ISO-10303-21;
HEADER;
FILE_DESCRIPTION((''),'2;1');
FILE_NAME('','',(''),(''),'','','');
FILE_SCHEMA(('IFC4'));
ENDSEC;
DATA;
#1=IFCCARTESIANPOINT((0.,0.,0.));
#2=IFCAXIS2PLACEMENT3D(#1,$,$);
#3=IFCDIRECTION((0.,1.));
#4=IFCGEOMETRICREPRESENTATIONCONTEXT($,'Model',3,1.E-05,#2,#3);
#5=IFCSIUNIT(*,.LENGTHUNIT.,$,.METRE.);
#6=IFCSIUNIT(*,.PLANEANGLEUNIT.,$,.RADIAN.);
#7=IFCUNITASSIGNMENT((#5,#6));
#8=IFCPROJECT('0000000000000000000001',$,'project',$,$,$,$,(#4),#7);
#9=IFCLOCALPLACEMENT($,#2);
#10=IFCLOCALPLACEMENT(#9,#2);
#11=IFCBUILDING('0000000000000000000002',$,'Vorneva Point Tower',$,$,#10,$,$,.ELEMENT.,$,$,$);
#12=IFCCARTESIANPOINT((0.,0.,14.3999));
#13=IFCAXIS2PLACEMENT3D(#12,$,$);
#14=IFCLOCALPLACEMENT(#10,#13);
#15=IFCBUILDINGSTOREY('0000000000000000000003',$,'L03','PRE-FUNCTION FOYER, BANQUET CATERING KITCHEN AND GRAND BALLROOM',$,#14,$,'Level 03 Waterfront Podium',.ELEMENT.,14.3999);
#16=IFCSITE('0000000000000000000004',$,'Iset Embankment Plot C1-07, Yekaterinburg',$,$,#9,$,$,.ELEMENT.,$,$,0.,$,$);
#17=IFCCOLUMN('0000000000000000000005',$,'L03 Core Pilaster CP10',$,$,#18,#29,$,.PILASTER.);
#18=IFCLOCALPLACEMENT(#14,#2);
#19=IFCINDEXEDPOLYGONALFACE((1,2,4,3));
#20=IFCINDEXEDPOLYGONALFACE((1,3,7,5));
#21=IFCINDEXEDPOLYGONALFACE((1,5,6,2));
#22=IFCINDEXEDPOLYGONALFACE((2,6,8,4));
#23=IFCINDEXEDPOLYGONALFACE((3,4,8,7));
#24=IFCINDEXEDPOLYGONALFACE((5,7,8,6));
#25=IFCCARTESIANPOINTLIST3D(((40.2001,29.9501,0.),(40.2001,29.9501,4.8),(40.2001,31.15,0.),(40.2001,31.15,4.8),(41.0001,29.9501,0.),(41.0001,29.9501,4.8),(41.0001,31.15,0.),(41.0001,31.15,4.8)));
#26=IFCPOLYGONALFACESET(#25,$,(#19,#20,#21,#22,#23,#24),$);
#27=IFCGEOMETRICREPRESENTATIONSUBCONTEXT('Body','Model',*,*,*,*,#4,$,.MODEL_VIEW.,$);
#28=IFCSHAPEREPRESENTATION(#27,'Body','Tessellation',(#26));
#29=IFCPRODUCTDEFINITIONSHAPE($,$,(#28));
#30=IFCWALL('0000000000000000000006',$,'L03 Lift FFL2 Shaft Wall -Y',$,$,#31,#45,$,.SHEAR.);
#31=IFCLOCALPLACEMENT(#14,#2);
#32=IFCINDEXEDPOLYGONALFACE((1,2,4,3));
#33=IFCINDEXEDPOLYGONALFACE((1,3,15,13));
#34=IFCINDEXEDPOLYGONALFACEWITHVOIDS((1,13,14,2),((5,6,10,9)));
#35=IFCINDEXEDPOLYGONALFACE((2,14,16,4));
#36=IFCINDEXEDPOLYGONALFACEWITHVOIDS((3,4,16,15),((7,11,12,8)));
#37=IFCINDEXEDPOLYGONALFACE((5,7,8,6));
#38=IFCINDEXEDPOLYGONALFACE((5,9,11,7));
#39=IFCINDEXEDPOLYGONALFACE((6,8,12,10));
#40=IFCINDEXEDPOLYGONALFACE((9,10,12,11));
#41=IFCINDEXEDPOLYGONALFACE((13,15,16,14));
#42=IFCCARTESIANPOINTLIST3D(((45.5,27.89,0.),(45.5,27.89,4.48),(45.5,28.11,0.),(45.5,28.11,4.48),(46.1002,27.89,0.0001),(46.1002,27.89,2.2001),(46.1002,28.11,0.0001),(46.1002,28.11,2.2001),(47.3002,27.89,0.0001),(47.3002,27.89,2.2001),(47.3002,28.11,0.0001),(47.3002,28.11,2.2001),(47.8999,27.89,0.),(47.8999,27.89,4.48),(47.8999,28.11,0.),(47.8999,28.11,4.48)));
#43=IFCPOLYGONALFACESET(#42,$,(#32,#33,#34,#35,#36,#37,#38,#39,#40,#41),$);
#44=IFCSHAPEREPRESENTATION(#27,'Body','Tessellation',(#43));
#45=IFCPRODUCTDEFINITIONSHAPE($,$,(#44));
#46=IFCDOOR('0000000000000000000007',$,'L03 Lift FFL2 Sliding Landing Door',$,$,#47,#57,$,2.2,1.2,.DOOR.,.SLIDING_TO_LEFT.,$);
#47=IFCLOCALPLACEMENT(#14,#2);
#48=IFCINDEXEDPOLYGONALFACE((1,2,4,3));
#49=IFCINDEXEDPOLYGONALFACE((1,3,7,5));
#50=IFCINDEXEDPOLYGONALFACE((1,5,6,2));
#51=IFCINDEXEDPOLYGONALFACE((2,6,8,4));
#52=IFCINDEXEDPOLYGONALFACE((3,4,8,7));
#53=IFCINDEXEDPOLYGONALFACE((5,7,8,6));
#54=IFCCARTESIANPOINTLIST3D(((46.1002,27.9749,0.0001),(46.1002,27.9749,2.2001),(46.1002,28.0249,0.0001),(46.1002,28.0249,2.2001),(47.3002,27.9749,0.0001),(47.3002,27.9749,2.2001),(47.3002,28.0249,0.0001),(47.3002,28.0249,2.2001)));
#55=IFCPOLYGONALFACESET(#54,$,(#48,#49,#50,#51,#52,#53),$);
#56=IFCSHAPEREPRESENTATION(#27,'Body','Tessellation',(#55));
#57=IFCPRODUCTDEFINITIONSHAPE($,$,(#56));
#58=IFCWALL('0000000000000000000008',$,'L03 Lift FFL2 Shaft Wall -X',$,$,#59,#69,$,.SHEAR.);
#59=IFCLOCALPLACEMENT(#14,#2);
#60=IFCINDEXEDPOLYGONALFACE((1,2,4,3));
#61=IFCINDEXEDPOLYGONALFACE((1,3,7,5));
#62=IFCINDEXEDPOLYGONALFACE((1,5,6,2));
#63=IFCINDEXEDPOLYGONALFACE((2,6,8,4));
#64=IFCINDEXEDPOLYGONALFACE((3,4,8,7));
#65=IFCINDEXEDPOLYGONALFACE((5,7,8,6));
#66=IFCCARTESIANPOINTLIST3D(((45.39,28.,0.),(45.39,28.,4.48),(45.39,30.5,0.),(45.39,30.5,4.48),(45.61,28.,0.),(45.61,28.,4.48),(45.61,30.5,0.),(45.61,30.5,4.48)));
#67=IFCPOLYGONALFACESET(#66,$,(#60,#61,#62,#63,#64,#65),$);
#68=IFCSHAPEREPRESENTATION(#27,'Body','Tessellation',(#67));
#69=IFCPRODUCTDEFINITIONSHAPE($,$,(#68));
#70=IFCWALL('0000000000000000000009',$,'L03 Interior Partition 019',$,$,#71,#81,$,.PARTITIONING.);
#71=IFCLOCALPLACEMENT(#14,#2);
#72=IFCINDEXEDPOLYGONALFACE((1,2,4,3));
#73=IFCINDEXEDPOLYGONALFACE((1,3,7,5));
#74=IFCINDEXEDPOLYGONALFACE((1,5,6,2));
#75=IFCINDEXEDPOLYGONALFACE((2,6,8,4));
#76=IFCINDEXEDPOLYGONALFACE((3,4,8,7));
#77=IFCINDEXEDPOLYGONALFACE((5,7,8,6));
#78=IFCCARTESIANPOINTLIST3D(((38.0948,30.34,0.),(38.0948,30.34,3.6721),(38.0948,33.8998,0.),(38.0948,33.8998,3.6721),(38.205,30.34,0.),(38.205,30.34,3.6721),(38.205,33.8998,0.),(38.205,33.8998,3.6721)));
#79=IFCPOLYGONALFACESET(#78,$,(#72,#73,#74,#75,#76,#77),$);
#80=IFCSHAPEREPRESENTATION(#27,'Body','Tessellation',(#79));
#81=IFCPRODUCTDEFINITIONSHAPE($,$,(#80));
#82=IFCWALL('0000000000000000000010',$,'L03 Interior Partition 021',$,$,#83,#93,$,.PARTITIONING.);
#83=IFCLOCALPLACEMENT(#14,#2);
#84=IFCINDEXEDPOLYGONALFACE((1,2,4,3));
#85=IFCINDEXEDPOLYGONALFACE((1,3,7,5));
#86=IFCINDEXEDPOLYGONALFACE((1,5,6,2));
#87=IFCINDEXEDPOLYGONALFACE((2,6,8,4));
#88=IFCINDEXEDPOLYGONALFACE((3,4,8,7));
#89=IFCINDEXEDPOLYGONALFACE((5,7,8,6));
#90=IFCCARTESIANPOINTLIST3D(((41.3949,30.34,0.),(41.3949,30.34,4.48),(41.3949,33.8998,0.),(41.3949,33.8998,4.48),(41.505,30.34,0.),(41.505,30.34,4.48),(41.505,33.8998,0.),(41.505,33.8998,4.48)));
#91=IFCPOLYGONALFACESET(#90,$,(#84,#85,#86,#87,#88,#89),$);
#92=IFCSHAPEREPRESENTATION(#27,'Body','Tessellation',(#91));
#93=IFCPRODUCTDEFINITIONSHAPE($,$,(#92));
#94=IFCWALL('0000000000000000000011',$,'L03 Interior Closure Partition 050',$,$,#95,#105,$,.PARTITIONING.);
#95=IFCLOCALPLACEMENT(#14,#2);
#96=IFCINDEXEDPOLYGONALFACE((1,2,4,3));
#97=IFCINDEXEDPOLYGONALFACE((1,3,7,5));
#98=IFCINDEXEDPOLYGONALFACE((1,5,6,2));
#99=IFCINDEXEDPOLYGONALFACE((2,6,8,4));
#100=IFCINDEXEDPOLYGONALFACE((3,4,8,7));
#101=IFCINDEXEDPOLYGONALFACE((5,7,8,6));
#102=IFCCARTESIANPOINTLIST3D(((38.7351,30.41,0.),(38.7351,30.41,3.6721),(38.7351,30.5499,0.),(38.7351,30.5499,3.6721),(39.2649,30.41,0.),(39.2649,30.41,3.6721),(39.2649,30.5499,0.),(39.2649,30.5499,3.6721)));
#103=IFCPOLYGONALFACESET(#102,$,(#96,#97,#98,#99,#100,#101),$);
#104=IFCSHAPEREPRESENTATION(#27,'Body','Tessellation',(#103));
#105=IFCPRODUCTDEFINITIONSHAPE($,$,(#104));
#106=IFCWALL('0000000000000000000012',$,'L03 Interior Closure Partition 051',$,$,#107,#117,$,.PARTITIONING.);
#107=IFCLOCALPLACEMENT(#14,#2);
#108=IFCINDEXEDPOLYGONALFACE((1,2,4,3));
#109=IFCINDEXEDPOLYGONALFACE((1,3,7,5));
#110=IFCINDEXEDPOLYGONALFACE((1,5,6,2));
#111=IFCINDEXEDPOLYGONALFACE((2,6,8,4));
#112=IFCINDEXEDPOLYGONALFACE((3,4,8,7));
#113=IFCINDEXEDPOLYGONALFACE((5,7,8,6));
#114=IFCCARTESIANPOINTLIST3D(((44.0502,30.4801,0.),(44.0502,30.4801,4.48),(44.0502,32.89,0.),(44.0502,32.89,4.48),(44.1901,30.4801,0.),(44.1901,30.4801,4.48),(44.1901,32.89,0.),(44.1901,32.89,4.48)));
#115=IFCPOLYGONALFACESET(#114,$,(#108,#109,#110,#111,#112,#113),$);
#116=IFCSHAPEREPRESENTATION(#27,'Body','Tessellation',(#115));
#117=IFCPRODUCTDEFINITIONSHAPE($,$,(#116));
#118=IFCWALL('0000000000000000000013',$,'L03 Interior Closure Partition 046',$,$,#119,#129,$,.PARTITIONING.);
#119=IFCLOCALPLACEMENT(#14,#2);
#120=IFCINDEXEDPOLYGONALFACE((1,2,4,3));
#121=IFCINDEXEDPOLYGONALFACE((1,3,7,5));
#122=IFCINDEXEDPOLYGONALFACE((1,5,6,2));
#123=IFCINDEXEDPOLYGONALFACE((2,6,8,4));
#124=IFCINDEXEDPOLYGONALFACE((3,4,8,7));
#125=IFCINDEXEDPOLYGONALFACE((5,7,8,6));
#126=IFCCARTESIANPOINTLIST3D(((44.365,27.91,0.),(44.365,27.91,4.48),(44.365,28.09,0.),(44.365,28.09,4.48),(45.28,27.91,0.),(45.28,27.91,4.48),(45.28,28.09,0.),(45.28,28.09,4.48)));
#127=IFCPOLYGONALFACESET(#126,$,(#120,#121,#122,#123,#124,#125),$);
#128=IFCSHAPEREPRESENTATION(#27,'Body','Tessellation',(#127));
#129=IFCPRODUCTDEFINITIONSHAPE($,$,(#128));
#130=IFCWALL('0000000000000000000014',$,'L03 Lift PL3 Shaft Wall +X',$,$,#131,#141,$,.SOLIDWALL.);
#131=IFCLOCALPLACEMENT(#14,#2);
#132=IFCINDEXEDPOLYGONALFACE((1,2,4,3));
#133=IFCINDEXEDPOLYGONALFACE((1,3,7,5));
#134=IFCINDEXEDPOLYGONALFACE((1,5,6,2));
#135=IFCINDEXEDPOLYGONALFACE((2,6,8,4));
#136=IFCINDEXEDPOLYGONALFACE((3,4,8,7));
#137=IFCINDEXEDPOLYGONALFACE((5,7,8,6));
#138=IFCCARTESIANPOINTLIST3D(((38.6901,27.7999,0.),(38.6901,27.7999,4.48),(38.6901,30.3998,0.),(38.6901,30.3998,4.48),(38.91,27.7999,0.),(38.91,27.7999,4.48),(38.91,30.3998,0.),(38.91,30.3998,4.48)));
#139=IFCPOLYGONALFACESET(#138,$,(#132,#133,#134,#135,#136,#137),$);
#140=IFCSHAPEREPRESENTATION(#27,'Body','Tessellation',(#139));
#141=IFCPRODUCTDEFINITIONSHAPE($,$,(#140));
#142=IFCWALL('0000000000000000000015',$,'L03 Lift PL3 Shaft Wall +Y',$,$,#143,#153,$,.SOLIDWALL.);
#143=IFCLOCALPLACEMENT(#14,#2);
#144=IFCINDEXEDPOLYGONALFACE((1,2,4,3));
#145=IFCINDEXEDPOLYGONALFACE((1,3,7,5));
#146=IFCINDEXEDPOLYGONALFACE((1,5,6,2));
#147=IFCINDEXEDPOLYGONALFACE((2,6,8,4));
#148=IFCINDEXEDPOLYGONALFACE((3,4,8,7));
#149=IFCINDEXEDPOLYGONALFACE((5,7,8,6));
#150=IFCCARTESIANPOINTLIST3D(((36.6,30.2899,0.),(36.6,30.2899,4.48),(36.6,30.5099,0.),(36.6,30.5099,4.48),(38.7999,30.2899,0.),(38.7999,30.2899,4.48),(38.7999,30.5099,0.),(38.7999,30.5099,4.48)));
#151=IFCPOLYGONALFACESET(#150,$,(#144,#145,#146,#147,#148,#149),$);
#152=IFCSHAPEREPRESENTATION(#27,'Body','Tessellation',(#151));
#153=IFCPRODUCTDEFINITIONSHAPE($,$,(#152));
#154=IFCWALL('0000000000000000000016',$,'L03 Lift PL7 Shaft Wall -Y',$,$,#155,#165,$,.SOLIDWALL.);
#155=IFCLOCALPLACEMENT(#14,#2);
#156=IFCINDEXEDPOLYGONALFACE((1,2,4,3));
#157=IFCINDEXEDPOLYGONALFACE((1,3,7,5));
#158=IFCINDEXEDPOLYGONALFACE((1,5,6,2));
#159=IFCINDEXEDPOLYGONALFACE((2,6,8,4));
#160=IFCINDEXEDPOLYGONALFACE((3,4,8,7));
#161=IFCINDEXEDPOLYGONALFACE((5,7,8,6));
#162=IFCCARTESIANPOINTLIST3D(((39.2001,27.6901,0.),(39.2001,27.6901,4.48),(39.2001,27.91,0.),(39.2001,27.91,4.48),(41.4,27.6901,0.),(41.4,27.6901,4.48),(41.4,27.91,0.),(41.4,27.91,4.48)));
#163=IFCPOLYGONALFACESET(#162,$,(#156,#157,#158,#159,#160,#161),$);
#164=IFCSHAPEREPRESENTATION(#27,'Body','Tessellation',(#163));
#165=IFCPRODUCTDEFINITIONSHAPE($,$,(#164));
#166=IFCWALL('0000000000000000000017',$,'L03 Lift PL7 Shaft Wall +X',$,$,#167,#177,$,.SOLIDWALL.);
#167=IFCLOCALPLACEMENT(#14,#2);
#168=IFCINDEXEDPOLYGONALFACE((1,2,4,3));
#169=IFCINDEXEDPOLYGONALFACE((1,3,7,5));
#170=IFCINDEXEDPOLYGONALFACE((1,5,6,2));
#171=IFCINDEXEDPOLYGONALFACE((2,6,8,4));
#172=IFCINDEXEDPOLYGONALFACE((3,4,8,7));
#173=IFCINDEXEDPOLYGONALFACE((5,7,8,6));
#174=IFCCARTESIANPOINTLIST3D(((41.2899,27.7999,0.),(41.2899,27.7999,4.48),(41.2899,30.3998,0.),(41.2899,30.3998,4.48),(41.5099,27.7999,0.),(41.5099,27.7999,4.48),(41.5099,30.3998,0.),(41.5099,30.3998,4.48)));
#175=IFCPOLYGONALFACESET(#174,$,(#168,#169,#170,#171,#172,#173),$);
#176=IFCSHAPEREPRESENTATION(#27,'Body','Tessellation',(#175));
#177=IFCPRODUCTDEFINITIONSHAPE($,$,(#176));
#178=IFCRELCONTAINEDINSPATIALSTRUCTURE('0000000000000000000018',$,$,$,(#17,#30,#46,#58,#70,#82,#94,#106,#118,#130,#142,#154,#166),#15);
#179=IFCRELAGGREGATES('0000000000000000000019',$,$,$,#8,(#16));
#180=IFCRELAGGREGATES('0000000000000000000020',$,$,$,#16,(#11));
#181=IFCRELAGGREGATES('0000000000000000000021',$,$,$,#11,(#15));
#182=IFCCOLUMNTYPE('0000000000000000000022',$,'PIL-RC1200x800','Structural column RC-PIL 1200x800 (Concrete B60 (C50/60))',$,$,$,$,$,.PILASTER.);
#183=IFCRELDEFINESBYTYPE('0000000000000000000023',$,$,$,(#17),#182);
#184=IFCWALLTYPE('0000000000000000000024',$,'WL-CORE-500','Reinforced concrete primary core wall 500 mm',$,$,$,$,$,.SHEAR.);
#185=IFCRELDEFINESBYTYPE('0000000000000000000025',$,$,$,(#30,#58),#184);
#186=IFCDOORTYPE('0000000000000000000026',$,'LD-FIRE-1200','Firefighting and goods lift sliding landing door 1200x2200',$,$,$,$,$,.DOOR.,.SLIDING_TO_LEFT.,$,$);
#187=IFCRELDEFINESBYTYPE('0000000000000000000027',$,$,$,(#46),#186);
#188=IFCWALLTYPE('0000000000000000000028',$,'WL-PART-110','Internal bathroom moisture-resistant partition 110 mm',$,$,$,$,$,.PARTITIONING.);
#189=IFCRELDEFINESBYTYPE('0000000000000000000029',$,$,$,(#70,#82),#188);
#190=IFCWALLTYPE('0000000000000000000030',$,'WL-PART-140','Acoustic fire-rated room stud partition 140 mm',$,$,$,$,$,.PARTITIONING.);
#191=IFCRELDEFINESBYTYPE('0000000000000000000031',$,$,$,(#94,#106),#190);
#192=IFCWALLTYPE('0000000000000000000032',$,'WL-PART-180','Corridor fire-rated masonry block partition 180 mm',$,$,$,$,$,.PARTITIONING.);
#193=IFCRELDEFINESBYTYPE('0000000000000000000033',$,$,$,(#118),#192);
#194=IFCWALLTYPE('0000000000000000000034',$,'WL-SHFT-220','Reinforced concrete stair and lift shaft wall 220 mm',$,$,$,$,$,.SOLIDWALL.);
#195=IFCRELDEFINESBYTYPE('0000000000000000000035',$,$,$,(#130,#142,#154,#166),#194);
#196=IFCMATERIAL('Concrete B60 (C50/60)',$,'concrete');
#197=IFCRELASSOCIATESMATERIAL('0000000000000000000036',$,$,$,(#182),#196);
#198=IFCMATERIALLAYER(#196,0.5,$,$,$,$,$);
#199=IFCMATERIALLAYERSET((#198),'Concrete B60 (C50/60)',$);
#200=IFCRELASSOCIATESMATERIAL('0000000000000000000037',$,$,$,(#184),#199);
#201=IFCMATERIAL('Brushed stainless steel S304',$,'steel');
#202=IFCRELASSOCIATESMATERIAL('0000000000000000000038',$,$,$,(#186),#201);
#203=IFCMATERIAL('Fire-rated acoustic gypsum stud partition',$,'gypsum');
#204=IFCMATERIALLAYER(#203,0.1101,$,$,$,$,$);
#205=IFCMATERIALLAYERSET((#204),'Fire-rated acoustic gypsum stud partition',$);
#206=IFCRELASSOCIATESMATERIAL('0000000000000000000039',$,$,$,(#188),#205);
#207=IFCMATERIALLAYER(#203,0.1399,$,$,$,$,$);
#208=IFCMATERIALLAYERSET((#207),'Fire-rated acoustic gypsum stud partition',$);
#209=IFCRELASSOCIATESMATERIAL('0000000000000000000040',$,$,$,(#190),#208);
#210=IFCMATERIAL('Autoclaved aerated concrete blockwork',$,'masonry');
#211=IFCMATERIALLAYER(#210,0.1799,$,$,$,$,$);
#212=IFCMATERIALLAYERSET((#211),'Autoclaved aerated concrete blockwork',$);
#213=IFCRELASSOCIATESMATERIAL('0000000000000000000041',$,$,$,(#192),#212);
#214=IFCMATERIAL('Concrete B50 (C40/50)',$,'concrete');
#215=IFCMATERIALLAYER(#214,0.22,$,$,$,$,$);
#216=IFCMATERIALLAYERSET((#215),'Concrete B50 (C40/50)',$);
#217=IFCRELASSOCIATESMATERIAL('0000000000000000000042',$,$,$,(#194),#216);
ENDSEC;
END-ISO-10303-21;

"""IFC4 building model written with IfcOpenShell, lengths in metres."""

from ifc_helpers import new_model, si_unit, direction, frame, frame_2d, origin, origin_2d, place, context, subcontext, project, spatial, rectangle, extrude, material, layer, layer_set, material_profile, profile_set, type_object, element, fill, save


model = new_model("IFC4")

# Units and contexts
model_context = context("Model", 3, precision=1e-05, world=origin(), true_north=direction((0.0, 1.0)))
body_context = subcontext(model_context, "Body", "Model", "MODEL_VIEW")
ifc_project = project(units=[si_unit("LENGTHUNIT", "METRE"), si_unit("PLANEANGLEUNIT", "RADIAN")], contexts=[model_context])

# Site, building, storey
site_placement = place(None, origin())
site = spatial("IfcSite", under=ifc_project, at=site_placement, Name="Iset Embankment Plot C1-07, Yekaterinburg", CompositionType="ELEMENT", RefElevation=0.0)
building_placement = place(site_placement, origin())
building = spatial("IfcBuilding", under=site, at=building_placement, Name="Vorneva Point Tower", CompositionType="ELEMENT")
storey_placement = place(building_placement, frame((0.0, 0.0, 14.3999)))
storey = spatial("IfcBuildingStorey", under=building, at=storey_placement, Name="L03", Description="PRE-FUNCTION FOYER, BANQUET CATERING KITCHEN AND GRAND BALLROOM", LongName="Level 03 Waterfront Podium", CompositionType="ELEMENT", Elevation=14.3999)

# Column
ifc_material_1 = material(Name="Concrete B60 (C50/60)", Category="concrete")
ifc_material_profile = material_profile(ifc_material_1, rectangle(XDim=0.8, YDim=1.2, at=origin_2d()), Name="RC-PIL 1200x800")
ifc_profile_set = profile_set([ifc_material_profile], Name="Concrete B60 (C50/60)")
column_type = type_object("IfcColumnType", Name="PIL-RC1200x800", Description="Structural column RC-PIL 1200x800 (Concrete B60 (C50/60))", PredefinedType="PILASTER", material=ifc_profile_set)
column_placement = place(storey_placement, frame((40.6001, 30.55, 0.0), z_axis=(0.0, 0.0, 1.0), x_axis=(1.0, 0.0, 0.0)))
element("IfcColumn", 1, at=column_placement, inside=storey, type_object=column_type, Name="L03 Core Pilaster CP10", PredefinedType="PILASTER", context=body_context, shape_type="SweptSolid", body=[
    extrude(rectangle(XDim=0.8, YDim=1.2, at=origin_2d()), origin(), (0.0, 0.0, 1.0), 4.8),
])

# Wall, opening, door
ifc_layer_1 = layer(ifc_material_1, 0.5)
ifc_layer_set_1 = layer_set([ifc_layer_1], Name="Concrete B60 (C50/60)")
wall_type_1 = type_object("IfcWallType", Name="WL-CORE-500", Description="Reinforced concrete primary core wall 500 mm", PredefinedType="SHEAR", material=ifc_layer_set_1)
wall_1_placement = place(storey_placement, frame((45.5, 28.0, 0.0), z_axis=(0.0, 0.0, 1.0), x_axis=(1.0, 0.0, 0.0)))
wall_1 = element("IfcWall", 2, at=wall_1_placement, inside=storey, type_object=wall_type_1, Name="L03 Lift FFL2 Shaft Wall -Y", PredefinedType="SHEAR", context=body_context, shape_type="SweptSolid", body=[
    extrude(rectangle(XDim=2.3999, YDim=0.22, at=frame_2d((1.2, 0.0))), origin(), (0.0, 0.0, 1.0), 4.48),
])
opening_1_placement = place(wall_1_placement, frame((0.6001, 0.0, 0.0)))
opening_1 = element("IfcOpeningElement", 3, at=opening_1_placement, cuts=wall_1, PredefinedType="OPENING", context=body_context, shape_type="SweptSolid", body=[
    extrude(rectangle(XDim=1.2, YDim=2.2, at=frame_2d((0.6001, 1.1001))), frame((0.0, 0.125, 0.0), z_axis=(0.0, -1.0, 0.0), x_axis=(1.0, 0.0, 0.0)), (0.0, 0.0, 1.0), 0.2498),
])
ifc_material_2 = material(Name="Brushed stainless steel S304", Category="steel")
door_type_1 = type_object("IfcDoorType", Name="LD-FIRE-1200", Description="Firefighting and goods lift sliding landing door 1200x2200", OperationType="SLIDING_TO_LEFT", PredefinedType="DOOR", material=ifc_material_2)
door_1_placement = place(opening_1_placement, origin())
door_1 = element("IfcDoor", 4, at=door_1_placement, inside=storey, type_object=door_type_1, Name="L03 Lift FFL2 Sliding Landing Door", OperationType="SLIDING_TO_LEFT", OverallHeight=2.2, OverallWidth=1.2, PredefinedType="DOOR", context=body_context, shape_type="SweptSolid", body=[
    extrude(rectangle(XDim=1.2, YDim=2.2, at=frame_2d((0.6001, 1.1001))), frame((0.0, 0.0249, 0.0), z_axis=(0.0, -1.0, 0.0), x_axis=(1.0, 0.0, 0.0)), (0.0, 0.0, 1.0), 0.05),
])
fill(opening_1, door_1)

# Walls
wall_2_placement = place(storey_placement, frame((45.5, 30.5, 0.0), z_axis=(0.0, 0.0, 1.0), x_axis=(0.0, -1.0, 0.0)))
element("IfcWall", 5, at=wall_2_placement, inside=storey, type_object=wall_type_1, Name="L03 Lift FFL2 Shaft Wall -X", PredefinedType="SHEAR", context=body_context, shape_type="SweptSolid", body=[
    extrude(rectangle(XDim=2.5, YDim=0.22, at=frame_2d((1.25, 0.0))), origin(), (0.0, 0.0, 1.0), 4.48),
])
ifc_material_3 = material(Name="Fire-rated acoustic gypsum stud partition", Category="gypsum")
ifc_layer_2 = layer(ifc_material_3, 0.1101)
ifc_layer_set_2 = layer_set([ifc_layer_2], Name="Fire-rated acoustic gypsum stud partition")
wall_type_2 = type_object("IfcWallType", Name="WL-PART-110", Description="Internal bathroom moisture-resistant partition 110 mm", PredefinedType="PARTITIONING", material=ifc_layer_set_2)
wall_3_placement = place(storey_placement, frame((38.1499, 30.3401, 0.0), z_axis=(0.0, 0.0, 1.0), x_axis=(0.0, 1.0, 0.0)))
element("IfcWall", 6, at=wall_3_placement, inside=storey, type_object=wall_type_2, Name="L03 Interior Partition 019", PredefinedType="PARTITIONING", context=body_context, shape_type="SweptSolid", body=[
    extrude(rectangle(XDim=3.5598, YDim=0.1101, at=frame_2d((1.7798, 0.0))), origin(), (0.0, 0.0, 1.0), 3.6721),
])
wall_4_placement = place(storey_placement, frame((41.45, 30.3401, 0.0), z_axis=(0.0, 0.0, 1.0), x_axis=(0.0, 1.0, 0.0)))
element("IfcWall", 7, at=wall_4_placement, inside=storey, type_object=wall_type_2, Name="L03 Interior Partition 021", PredefinedType="PARTITIONING", context=body_context, shape_type="SweptSolid", body=[
    extrude(rectangle(XDim=3.5598, YDim=0.1101, at=frame_2d((1.7798, 0.0))), origin(), (0.0, 0.0, 1.0), 4.48),
])
ifc_layer_3 = layer(ifc_material_3, 0.1399)
ifc_layer_set_3 = layer_set([ifc_layer_3], Name="Fire-rated acoustic gypsum stud partition")
wall_type_3 = type_object("IfcWallType", Name="WL-PART-140", Description="Acoustic fire-rated room stud partition 140 mm", PredefinedType="PARTITIONING", material=ifc_layer_set_3)
wall_5_placement = place(storey_placement, frame((38.7351, 30.48, 0.0), z_axis=(0.0, 0.0, 1.0), x_axis=(1.0, 0.0, 0.0)))
element("IfcWall", 8, at=wall_5_placement, inside=storey, type_object=wall_type_3, Name="L03 Interior Closure Partition 050", PredefinedType="PARTITIONING", context=body_context, shape_type="SweptSolid", body=[
    extrude(rectangle(XDim=0.5298, YDim=0.1399, at=frame_2d((0.2649, 0.0))), origin(), (0.0, 0.0, 1.0), 3.6721),
])
wall_6_placement = place(storey_placement, frame((44.1201, 30.48, 0.0), z_axis=(0.0, 0.0, 1.0), x_axis=(0.0, 1.0, 0.0)))
element("IfcWall", 9, at=wall_6_placement, inside=storey, type_object=wall_type_3, Name="L03 Interior Closure Partition 051", PredefinedType="PARTITIONING", context=body_context, shape_type="SweptSolid", body=[
    extrude(rectangle(XDim=2.4099, YDim=0.1399, at=frame_2d((1.2051, 0.0))), origin(), (0.0, 0.0, 1.0), 4.48),
])

# Shared definitions
ifc_material_4 = material(Name="Autoclaved aerated concrete blockwork", Category="masonry")
ifc_layer_4 = layer(ifc_material_4, 0.1799)
ifc_layer_set_4 = layer_set([ifc_layer_4], Name="Autoclaved aerated concrete blockwork")
wall_type_4 = type_object("IfcWallType", Name="WL-PART-180", Description="Corridor fire-rated masonry block partition 180 mm", PredefinedType="PARTITIONING", material=ifc_layer_set_4)

# Walls
wall_7_placement = place(storey_placement, frame((45.28, 28.0, 0.0), z_axis=(0.0, 0.0, 1.0), x_axis=(-1.0, 0.0, 0.0)))
element("IfcWall", 10, at=wall_7_placement, inside=storey, type_object=wall_type_4, Name="L03 Interior Closure Partition 046", PredefinedType="PARTITIONING", context=body_context, shape_type="SweptSolid", body=[
    extrude(rectangle(XDim=0.915, YDim=0.1799, at=frame_2d((0.4575, 0.0))), origin(), (0.0, 0.0, 1.0), 4.48),
])
ifc_material_5 = material(Name="Concrete B50 (C40/50)", Category="concrete")
ifc_layer_5 = layer(ifc_material_5, 0.22)
ifc_layer_set_5 = layer_set([ifc_layer_5], Name="Concrete B50 (C40/50)")
wall_type_5 = type_object("IfcWallType", Name="WL-SHFT-220", Description="Reinforced concrete stair and lift shaft wall 220 mm", PredefinedType="SOLIDWALL", material=ifc_layer_set_5)
wall_8_placement = place(storey_placement, frame((38.8, 27.8, 0.0), z_axis=(0.0, 0.0, 1.0), x_axis=(0.0, 1.0, 0.0)))
element("IfcWall", 11, at=wall_8_placement, inside=storey, type_object=wall_type_5, Name="L03 Lift PL3 Shaft Wall +X", PredefinedType="SOLIDWALL", context=body_context, shape_type="SweptSolid", body=[
    extrude(rectangle(XDim=2.5999, YDim=0.22, at=frame_2d((1.2998, 0.0))), origin(), (0.0, 0.0, 1.0), 4.48),
])
for number, where, z_axis, x_axis, name in (
    (12, (38.8, 30.3999, 0.0), (0.0, 0.0, 1.0), (-1.0, 0.0, 0.0), "L03 Lift PL3 Shaft Wall +Y"),
    (13, (39.2, 27.8, 0.0), (0.0, 0.0, 1.0), (1.0, 0.0, 0.0), "L03 Lift PL7 Shaft Wall -Y"),
):
    element("IfcWall", number, at=place(storey_placement, frame(where, z_axis=z_axis, x_axis=x_axis)), inside=storey, type_object=wall_type_5, Name=name, PredefinedType="SOLIDWALL", context=body_context, shape_type="SweptSolid", body=[
        extrude(rectangle(XDim=2.2, YDim=0.22, at=frame_2d((1.1001, 0.0))), origin(), (0.0, 0.0, 1.0), 4.48),
    ])
wall_9_placement = place(storey_placement, frame((41.3999, 27.8, 0.0), z_axis=(0.0, 0.0, 1.0), x_axis=(0.0, 1.0, 0.0)))
element("IfcWall", 14, at=wall_9_placement, inside=storey, type_object=wall_type_5, Name="L03 Lift PL7 Shaft Wall +X", PredefinedType="SOLIDWALL", context=body_context, shape_type="SweptSolid", body=[
    extrude(rectangle(XDim=2.5999, YDim=0.22, at=frame_2d((1.2998, 0.0))), origin(), (0.0, 0.0, 1.0), 4.48),
])

save(model, "model.ifc")
